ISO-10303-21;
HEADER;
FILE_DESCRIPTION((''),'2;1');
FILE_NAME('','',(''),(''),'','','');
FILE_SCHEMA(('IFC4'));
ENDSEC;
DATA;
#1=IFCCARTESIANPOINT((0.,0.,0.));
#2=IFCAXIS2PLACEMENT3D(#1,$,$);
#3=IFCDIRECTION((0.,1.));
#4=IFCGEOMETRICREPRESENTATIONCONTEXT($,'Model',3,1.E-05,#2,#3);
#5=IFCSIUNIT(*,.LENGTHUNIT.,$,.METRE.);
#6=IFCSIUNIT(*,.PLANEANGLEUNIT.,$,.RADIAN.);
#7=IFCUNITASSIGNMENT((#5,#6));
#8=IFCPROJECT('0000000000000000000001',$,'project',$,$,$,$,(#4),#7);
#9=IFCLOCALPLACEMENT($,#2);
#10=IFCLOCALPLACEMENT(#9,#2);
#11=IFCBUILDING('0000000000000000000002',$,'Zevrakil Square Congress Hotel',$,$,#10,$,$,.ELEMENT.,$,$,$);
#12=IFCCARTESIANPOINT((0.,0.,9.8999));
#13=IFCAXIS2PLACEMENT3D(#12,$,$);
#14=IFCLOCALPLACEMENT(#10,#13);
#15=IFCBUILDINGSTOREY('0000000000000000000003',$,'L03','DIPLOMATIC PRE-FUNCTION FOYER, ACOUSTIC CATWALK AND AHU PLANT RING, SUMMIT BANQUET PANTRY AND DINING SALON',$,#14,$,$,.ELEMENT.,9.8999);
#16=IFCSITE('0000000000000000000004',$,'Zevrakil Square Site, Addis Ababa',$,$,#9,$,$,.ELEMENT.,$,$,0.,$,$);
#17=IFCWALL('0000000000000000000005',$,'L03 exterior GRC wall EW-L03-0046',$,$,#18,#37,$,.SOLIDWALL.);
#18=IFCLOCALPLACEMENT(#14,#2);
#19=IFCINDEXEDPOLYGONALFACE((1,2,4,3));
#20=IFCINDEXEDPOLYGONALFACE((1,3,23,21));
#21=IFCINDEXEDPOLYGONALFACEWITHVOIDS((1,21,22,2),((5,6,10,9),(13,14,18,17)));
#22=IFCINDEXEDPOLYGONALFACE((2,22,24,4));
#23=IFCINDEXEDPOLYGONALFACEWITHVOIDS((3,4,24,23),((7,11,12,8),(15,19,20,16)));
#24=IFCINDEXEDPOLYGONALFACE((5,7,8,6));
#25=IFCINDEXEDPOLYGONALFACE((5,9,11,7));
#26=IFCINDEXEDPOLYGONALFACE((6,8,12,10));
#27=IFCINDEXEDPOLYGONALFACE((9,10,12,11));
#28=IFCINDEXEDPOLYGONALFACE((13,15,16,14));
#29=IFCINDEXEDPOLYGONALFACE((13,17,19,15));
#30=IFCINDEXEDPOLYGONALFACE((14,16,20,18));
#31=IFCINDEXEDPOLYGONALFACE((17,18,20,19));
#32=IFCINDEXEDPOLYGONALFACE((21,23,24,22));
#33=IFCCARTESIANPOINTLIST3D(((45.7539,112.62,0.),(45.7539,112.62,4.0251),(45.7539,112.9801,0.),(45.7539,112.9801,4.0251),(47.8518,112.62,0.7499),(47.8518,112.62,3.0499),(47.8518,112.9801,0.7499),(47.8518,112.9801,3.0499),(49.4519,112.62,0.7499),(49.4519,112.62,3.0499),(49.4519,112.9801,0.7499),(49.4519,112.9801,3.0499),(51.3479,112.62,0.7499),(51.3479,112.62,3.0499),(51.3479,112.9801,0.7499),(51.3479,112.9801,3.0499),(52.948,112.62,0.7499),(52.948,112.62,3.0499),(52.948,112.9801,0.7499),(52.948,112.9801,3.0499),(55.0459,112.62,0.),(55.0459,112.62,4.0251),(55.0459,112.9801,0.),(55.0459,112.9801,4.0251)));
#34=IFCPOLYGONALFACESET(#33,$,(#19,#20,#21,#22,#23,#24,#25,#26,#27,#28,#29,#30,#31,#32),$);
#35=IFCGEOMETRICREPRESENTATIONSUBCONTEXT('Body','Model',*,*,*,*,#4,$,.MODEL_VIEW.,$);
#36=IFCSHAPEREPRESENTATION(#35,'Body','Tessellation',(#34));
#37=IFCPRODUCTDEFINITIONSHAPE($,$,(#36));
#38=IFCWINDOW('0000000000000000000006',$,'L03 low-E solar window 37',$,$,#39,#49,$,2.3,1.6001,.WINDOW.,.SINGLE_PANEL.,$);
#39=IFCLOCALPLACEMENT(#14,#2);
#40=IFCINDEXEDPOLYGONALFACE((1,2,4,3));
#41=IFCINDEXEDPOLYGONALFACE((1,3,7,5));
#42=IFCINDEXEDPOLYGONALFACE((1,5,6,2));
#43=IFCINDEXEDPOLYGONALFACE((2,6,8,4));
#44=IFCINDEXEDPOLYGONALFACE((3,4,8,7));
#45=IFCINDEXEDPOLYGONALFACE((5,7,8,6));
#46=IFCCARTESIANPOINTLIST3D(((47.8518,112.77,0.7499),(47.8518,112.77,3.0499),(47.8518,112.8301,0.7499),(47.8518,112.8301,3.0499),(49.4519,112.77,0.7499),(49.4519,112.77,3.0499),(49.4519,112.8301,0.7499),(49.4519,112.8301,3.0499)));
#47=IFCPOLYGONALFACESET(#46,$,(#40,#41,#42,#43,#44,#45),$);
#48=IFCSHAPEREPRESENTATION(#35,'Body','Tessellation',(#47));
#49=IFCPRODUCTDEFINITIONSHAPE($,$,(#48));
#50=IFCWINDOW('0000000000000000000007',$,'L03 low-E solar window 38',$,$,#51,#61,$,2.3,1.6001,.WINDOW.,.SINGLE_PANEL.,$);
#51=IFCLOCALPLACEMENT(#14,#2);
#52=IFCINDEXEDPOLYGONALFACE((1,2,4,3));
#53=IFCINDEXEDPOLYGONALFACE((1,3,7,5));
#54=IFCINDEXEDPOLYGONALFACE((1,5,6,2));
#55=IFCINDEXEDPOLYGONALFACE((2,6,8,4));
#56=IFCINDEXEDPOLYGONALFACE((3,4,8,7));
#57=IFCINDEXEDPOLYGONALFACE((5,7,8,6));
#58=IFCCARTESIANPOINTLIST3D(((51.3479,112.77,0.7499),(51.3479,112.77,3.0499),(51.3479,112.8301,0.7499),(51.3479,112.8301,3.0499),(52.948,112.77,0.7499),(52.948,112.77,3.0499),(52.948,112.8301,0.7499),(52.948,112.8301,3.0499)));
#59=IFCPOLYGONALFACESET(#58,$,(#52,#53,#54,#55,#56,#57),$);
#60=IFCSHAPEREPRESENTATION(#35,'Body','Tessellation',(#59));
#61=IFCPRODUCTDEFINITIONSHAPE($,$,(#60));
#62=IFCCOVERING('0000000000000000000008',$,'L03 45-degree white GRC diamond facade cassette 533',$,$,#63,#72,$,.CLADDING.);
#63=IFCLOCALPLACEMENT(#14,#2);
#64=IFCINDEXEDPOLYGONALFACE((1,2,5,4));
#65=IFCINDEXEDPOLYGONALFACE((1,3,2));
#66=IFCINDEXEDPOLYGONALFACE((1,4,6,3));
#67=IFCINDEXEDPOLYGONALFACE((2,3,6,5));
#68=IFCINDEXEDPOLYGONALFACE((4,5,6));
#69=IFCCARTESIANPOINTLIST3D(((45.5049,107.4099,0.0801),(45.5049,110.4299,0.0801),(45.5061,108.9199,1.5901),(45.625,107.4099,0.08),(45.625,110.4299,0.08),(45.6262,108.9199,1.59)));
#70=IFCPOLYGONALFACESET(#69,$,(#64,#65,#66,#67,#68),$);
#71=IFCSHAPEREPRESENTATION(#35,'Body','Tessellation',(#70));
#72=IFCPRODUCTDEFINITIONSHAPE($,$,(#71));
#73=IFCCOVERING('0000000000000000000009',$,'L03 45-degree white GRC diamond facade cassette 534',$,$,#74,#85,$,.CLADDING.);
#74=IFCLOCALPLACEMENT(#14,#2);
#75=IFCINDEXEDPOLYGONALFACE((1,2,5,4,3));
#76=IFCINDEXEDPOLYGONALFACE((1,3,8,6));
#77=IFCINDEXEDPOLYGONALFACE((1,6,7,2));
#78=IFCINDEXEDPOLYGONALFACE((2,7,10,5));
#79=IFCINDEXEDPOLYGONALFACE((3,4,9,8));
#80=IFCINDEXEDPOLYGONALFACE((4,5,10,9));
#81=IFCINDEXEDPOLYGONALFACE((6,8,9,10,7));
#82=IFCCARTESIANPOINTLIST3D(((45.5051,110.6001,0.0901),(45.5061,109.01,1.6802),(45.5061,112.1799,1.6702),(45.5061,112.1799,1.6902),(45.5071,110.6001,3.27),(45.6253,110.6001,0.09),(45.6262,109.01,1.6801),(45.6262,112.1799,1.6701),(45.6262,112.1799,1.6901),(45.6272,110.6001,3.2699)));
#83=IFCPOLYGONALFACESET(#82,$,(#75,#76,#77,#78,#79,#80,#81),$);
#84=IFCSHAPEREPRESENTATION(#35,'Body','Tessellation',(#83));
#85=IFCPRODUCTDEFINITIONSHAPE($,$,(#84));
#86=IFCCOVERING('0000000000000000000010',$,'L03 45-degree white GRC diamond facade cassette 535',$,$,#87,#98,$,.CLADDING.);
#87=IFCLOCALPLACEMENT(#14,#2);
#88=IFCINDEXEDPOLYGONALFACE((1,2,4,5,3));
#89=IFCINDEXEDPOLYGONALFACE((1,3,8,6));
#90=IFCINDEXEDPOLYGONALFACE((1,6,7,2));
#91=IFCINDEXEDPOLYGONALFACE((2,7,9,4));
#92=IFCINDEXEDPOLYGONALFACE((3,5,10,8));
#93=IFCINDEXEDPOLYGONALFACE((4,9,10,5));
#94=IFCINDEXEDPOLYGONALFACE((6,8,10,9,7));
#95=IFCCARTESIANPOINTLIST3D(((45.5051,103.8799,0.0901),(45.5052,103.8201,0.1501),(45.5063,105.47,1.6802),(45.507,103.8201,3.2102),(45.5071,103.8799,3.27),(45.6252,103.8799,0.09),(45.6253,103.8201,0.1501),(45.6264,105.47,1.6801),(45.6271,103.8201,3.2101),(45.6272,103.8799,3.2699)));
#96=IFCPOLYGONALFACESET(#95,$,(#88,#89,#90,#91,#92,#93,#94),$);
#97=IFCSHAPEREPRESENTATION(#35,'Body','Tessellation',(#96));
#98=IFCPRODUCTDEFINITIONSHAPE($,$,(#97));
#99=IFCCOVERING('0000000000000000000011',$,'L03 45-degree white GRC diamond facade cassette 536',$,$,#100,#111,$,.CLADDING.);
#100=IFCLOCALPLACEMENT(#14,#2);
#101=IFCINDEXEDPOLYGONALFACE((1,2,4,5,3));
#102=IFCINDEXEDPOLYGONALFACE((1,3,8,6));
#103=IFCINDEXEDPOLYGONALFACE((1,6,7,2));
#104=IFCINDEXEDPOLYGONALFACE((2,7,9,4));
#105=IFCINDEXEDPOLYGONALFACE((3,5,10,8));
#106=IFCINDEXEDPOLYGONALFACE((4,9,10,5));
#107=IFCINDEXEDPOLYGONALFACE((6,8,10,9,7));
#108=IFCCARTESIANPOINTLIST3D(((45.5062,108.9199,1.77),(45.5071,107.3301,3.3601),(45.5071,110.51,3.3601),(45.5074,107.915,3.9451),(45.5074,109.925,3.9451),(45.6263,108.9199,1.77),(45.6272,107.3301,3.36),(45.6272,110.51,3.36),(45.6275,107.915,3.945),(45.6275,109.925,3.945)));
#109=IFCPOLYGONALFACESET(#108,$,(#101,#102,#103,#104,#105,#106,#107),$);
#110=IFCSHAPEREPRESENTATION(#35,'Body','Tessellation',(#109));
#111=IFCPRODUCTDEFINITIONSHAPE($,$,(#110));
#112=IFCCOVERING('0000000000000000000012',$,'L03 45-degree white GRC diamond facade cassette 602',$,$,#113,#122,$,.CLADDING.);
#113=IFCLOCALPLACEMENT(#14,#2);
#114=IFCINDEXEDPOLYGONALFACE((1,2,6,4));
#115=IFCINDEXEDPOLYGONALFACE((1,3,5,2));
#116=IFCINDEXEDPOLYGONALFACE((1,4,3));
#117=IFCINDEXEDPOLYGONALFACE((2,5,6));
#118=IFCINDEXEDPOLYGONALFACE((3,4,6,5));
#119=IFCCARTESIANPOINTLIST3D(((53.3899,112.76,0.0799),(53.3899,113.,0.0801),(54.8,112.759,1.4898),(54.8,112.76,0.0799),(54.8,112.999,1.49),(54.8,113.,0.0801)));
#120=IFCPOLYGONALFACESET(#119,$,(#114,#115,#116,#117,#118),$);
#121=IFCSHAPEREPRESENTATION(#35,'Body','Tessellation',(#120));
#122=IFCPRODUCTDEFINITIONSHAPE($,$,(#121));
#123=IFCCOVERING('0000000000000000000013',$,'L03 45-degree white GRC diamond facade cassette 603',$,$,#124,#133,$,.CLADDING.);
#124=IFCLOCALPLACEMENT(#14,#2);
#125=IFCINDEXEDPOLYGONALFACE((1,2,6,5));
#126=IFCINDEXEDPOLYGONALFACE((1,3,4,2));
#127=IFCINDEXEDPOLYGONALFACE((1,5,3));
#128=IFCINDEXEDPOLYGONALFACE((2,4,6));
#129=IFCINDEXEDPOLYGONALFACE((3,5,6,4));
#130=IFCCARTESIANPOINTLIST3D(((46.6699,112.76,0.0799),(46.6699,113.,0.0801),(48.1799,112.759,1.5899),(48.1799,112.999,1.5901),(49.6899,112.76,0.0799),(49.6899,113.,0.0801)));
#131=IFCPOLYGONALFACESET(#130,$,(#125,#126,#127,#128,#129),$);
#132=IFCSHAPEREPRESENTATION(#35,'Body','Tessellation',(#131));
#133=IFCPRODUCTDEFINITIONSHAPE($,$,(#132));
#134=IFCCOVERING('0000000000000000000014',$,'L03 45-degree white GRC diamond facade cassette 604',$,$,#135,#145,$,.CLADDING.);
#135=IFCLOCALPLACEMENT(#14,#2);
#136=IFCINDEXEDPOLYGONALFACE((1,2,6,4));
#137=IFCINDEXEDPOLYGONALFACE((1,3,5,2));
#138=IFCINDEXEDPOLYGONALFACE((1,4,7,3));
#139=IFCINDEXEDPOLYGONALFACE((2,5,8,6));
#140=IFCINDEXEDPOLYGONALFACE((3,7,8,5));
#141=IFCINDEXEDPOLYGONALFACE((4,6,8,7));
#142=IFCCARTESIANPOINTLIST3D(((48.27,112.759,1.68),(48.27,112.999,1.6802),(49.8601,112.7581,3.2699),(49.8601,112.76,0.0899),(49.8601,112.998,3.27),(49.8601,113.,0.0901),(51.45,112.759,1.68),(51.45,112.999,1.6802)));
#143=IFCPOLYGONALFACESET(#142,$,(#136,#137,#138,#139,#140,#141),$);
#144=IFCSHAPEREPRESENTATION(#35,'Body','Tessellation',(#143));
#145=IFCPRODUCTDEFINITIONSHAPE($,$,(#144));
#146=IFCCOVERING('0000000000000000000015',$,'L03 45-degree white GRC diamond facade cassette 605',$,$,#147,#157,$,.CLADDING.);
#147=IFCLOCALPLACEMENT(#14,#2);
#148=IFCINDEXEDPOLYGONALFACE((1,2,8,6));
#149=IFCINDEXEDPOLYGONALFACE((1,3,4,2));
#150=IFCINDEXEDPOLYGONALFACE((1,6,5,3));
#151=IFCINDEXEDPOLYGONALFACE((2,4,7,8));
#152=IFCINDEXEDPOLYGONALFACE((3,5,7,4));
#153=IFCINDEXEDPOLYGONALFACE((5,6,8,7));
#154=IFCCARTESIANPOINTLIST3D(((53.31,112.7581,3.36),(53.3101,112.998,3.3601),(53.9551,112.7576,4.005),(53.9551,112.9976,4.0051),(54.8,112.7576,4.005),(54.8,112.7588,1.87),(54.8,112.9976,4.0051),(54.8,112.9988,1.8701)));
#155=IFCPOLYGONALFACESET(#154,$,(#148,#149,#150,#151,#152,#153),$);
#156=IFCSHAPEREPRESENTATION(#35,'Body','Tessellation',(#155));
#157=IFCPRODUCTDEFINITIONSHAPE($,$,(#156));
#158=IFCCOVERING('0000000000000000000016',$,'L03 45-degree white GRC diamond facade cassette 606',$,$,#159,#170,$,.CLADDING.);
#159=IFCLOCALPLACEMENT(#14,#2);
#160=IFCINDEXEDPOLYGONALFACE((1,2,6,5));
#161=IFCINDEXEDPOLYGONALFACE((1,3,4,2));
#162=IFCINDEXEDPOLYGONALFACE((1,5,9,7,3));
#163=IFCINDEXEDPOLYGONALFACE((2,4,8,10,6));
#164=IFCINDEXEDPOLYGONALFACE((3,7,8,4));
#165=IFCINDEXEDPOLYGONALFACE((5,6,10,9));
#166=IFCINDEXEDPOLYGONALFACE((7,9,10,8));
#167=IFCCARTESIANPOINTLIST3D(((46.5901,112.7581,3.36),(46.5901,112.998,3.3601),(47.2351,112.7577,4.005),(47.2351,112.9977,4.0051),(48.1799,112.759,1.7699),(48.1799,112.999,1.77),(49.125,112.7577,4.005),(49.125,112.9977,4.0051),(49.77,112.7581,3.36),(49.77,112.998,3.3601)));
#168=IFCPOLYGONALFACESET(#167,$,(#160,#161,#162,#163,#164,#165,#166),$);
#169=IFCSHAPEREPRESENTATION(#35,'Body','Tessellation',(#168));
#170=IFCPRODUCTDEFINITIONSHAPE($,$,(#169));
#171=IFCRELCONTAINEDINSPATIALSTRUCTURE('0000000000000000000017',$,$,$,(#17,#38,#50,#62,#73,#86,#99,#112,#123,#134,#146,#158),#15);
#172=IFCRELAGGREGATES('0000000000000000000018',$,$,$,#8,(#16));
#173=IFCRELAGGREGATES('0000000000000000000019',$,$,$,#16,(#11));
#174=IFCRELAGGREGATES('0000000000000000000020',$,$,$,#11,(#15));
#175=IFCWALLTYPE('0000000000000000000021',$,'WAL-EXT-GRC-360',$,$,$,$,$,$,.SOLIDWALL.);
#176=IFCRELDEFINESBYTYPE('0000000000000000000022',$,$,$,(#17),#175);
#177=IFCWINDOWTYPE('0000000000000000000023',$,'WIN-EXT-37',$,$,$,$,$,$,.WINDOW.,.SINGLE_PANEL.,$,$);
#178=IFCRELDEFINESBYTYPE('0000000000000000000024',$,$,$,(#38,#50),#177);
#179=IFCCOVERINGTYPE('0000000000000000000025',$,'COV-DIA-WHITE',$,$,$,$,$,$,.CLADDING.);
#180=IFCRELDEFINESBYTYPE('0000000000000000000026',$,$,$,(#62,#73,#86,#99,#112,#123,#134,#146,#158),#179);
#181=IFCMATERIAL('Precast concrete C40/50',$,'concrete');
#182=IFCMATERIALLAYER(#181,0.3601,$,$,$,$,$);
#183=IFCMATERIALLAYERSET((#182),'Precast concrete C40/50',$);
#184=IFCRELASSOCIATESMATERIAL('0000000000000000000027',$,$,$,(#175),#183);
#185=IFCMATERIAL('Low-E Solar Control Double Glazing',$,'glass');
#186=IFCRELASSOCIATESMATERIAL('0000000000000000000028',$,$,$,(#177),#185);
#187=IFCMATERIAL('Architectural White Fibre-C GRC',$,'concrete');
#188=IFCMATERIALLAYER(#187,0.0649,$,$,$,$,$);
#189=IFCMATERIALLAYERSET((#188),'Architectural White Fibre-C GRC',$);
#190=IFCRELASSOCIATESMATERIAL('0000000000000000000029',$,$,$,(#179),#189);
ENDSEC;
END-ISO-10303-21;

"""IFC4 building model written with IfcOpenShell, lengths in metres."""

from ifc_helpers import new_model, si_unit, direction, frame, frame_2d, origin, place, context, subcontext, project, spatial, polyline, rectangle, outline, extrude, material, layer, layer_set, type_object, element, fill, save


model = new_model("IFC4")

# Units and contexts
model_context = context("Model", 3, precision=1e-05, world=origin(), true_north=direction((0.0, 1.0)))
body_context = subcontext(model_context, "Body", "Model", "MODEL_VIEW")
ifc_project = project(units=[si_unit("LENGTHUNIT", "METRE"), si_unit("PLANEANGLEUNIT", "RADIAN")], contexts=[model_context])

# Site, building, storey
site_placement = place(None, origin())
site = spatial("IfcSite", under=ifc_project, at=site_placement, Name="Zevrakil Square Site, Addis Ababa", CompositionType="ELEMENT", RefElevation=0.0)
building_placement = place(site_placement, origin())
building = spatial("IfcBuilding", under=site, at=building_placement, Name="Zevrakil Square Congress Hotel", CompositionType="ELEMENT")
storey_placement = place(building_placement, frame((0.0, 0.0, 9.8999)))
storey = spatial("IfcBuildingStorey", under=building, at=storey_placement, Name="L03", Description="DIPLOMATIC PRE-FUNCTION FOYER, ACOUSTIC CATWALK AND AHU PLANT RING, SUMMIT BANQUET PANTRY AND DINING SALON", CompositionType="ELEMENT", Elevation=9.8999)

# Wall, openings, windows
ifc_material_1 = material(Name="Precast concrete C40/50", Category="concrete")
ifc_layer_1 = layer(ifc_material_1, 0.3601)
ifc_layer_set_1 = layer_set([ifc_layer_1], Name="Precast concrete C40/50")
wall_type = type_object("IfcWallType", Name="WAL-EXT-GRC-360", PredefinedType="SOLIDWALL", material=ifc_layer_set_1)
wall_placement = place(storey_placement, frame((45.7539, 112.8, 0.0), z_axis=(0.0, 0.0, 1.0), x_axis=(1.0, 0.0, 0.0)))
wall = element("IfcWall", 1, at=wall_placement, inside=storey, type_object=wall_type, Name="L03 exterior GRC wall EW-L03-0046", PredefinedType="SOLIDWALL", context=body_context, shape_type="SweptSolid", body=[
    extrude(rectangle(XDim=9.292, YDim=0.3601, at=frame_2d((4.646, 0.0))), origin(), (0.0, 0.0, 1.0), 4.0251),
])
opening_1_placement = place(wall_placement, frame((2.0979, 0.0, 0.75)))
opening_1 = element("IfcOpeningElement", 2, at=opening_1_placement, cuts=wall, PredefinedType="OPENING", context=body_context, shape_type="SweptSolid", body=[
    extrude(rectangle(XDim=1.6001, YDim=2.3, at=frame_2d((0.8, 1.1499))), frame((0.0, 0.1899, 0.0), z_axis=(0.0, -1.0, 0.0), x_axis=(1.0, 0.0, 0.0)), (0.0, 0.0, 1.0), 0.3801),
])
opening_2_placement = place(wall_placement, frame((5.594, 0.0, 0.75)))
opening_2 = element("IfcOpeningElement", 3, at=opening_2_placement, cuts=wall, PredefinedType="OPENING", context=body_context, shape_type="SweptSolid", body=[
    extrude(rectangle(XDim=1.6001, YDim=2.3, at=frame_2d((0.8, 1.1499))), frame((0.0, 0.1899, 0.0), z_axis=(0.0, -1.0, 0.0), x_axis=(1.0, 0.0, 0.0)), (0.0, 0.0, 1.0), 0.3801),
])
ifc_material_2 = material(Name="Low-E Solar Control Double Glazing", Category="glass")
window_type = type_object("IfcWindowType", Name="WIN-EXT-37", PartitioningType="SINGLE_PANEL", PredefinedType="WINDOW", material=ifc_material_2)
window_1_placement = place(opening_1_placement, origin())
window_1 = element("IfcWindow", 4, at=window_1_placement, inside=storey, type_object=window_type, Name="L03 low-E solar window 37", OverallHeight=2.3, OverallWidth=1.6001, PartitioningType="SINGLE_PANEL", PredefinedType="WINDOW", context=body_context, shape_type="SweptSolid", body=[
    extrude(rectangle(XDim=1.6001, YDim=2.3, at=frame_2d((0.8, 1.1499))), frame((0.0, 0.03, 0.0), z_axis=(0.0, -1.0, 0.0), x_axis=(1.0, 0.0, 0.0)), (0.0, 0.0, 1.0), 0.0601),
])
fill(opening_1, window_1)
window_2_placement = place(opening_2_placement, origin())
window_2 = element("IfcWindow", 5, at=window_2_placement, inside=storey, type_object=window_type, Name="L03 low-E solar window 38", OverallHeight=2.3, OverallWidth=1.6001, PartitioningType="SINGLE_PANEL", PredefinedType="WINDOW", context=body_context, shape_type="SweptSolid", body=[
    extrude(rectangle(XDim=1.6001, YDim=2.3, at=frame_2d((0.8, 1.1499))), frame((0.0, 0.03, 0.0), z_axis=(0.0, -1.0, 0.0), x_axis=(1.0, 0.0, 0.0)), (0.0, 0.0, 1.0), 0.0601),
])
fill(opening_2, window_2)

# Coverings
ifc_material_3 = material(Name="Architectural White Fibre-C GRC", Category="concrete")
ifc_layer_2 = layer(ifc_material_3, 0.0649)
ifc_layer_set_2 = layer_set([ifc_layer_2], Name="Architectural White Fibre-C GRC")
covering_type_1 = type_object("IfcCoveringType", Name="COV-DIA-WHITE", PredefinedType="CLADDING", material=ifc_layer_set_2)
covering_1_placement = place(storey_placement, frame((45.5061, 108.9199, 1.5901), z_axis=(-1.0, 0.0, 0.000808), x_axis=(-0.000572, -0.707107, -0.707107)))
element("IfcCovering", 6, at=covering_1_placement, inside=storey, type_object=covering_type_1, Name="L03 45-degree white GRC diamond facade cassette 533", PredefinedType="CLADDING", context=body_context, shape_type="SweptSolid", body=[
    extrude(outline(polyline([(0.0, 0.0), (2.1355, 0.0), (0.0, -2.1355), (0.0, 0.0)])), origin(), (0.0, 0.0, -1.0), 0.1201),
])
covering_2_placement = place(storey_placement, frame((45.5071, 110.6001, 3.27), z_axis=(-1.0, 0.0, 0.000612), x_axis=(-0.000433, -0.707161, -0.707052)))
element("IfcCovering", 7, at=covering_2_placement, inside=storey, type_object=covering_type_1, Name="L03 45-degree white GRC diamond facade cassette 534", PredefinedType="CLADDING", context=body_context, shape_type="SweptSolid", body=[
    extrude(outline(polyline([(0.0, 0.0), (2.2486, 0.0), (2.2484, -2.2487), (0.014, -2.2484), (-0.0002, -2.2342), (0.0, 0.0)])), origin(), (0.0, 0.0, -1.0), 0.1201),
])
covering_3_placement = place(storey_placement, frame((45.5051, 103.8799, 0.0901), z_axis=(-1.0, 0.00014, 0.000612), x_axis=(0.000532, 0.707107, 0.707107)))
element("IfcCovering", 8, at=covering_3_placement, inside=storey, type_object=covering_type_1, Name="L03 45-degree white GRC diamond facade cassette 535", PredefinedType="CLADDING", context=body_context, shape_type="SweptSolid", body=[
    extrude(outline(polyline([(0.0, 0.0), (2.2487, 0.0), (2.2486, -2.2486), (2.164, -2.2486), (0.0002, -0.0848), (0.0, 0.0)])), origin(), (0.0, 0.0, -1.0), 0.1201),
])
covering_4_placement = place(storey_placement, frame((45.5071, 107.3301, 3.3601), z_axis=(-1.0, 0.0, 0.00054), x_axis=(-0.000382, 0.707052, -0.707161)))
element("IfcCovering", 9, at=covering_4_placement, inside=storey, type_object=covering_type_1, Name="L03 45-degree white GRC diamond facade cassette 536", PredefinedType="CLADDING", context=body_context, shape_type="SweptSolid", body=[
    extrude(outline(polyline([(0.0, 0.0), (2.2486, 0.0), (2.2484, -2.2487), (1.4211, -2.2487), (-0.0001, -0.8273), (0.0, 0.0)])), origin(), (0.0, 0.0, -1.0), 0.1201),
])
covering_5_placement = place(storey_placement, frame((53.3899, 113.0, 0.0801), z_axis=(0.0, 1.0, 0.000693), x_axis=(1.0, 0.0, 0.0)))
element("IfcCovering", 10, at=covering_5_placement, inside=storey, type_object=covering_type_1, Name="L03 45-degree white GRC diamond facade cassette 602", PredefinedType="CLADDING", context=body_context, shape_type="SweptSolid", body=[
    extrude(outline(polyline([(0.0, 0.0), (1.4102, 0.0), (1.4102, -1.4099), (0.0, 0.0)])), origin(), (0.0, 0.0, -1.0), 0.24),
])
covering_6_placement = place(storey_placement, frame((48.1799, 112.999, 1.5901), z_axis=(0.0, 1.0, 0.000647), x_axis=(-0.707107, 0.000457, -0.707107)))
element("IfcCovering", 11, at=covering_6_placement, inside=storey, type_object=covering_type_1, Name="L03 45-degree white GRC diamond facade cassette 603", PredefinedType="CLADDING", context=body_context, shape_type="SweptSolid", body=[
    extrude(outline(polyline([(0.0, 0.0), (2.1355, 0.0), (0.0, -2.1355), (0.0, 0.0)])), origin(), (0.0, 0.0, -1.0), 0.24),
])
covering_7_placement = place(storey_placement, frame((49.8601, 112.998, 3.27), z_axis=(0.0, 1.0, 0.000614), x_axis=(-0.707161, 0.000434, -0.707052)))
element("IfcCovering", 12, at=covering_7_placement, inside=storey, type_object=covering_type_1, Name="L03 45-degree white GRC diamond facade cassette 604", PredefinedType="CLADDING", context=body_context, shape_type="SweptSolid", body=[
    extrude(outline(polyline([(0.0, 0.0), (2.2486, 0.0), (2.2484, -2.2487), (-0.0002, -2.2484), (0.0, 0.0)])), origin(), (0.0, 0.0, -1.0), 0.24),
])
covering_8_placement = place(storey_placement, frame((53.3101, 112.998, 3.3601), z_axis=(0.000068, 1.0, 0.000599), x_axis=(0.707107, 0.000375, -0.707107)))
element("IfcCovering", 13, at=covering_8_placement, inside=storey, type_object=covering_type_1, Name="L03 45-degree white GRC diamond facade cassette 605", PredefinedType="CLADDING", context=body_context, shape_type="SweptSolid", body=[
    extrude(outline(polyline([(0.0, 0.0), (2.1072, 0.0), (0.5975, -1.5097), (0.0, -0.9122), (0.0, 0.0)])), origin(), (0.0, 0.0, -1.0), 0.24),
])
covering_9_placement = place(storey_placement, frame((46.5901, 112.998, 3.3601), z_axis=(0.0, 1.0, 0.000577), x_axis=(0.707052, 0.000408, -0.707161)))
element("IfcCovering", 14, at=covering_9_placement, inside=storey, type_object=covering_type_1, Name="L03 45-degree white GRC diamond facade cassette 606", PredefinedType="CLADDING", context=body_context, shape_type="SweptSolid", body=[
    extrude(outline(polyline([(0.0, 0.0), (2.2486, 0.0), (2.2484, -2.2487), (1.3362, -2.2487), (-0.0001, -0.9122), (0.0, 0.0)])), origin(), (0.0, 0.0, -1.0), 0.24),
])

save(model, "model.ifc")
